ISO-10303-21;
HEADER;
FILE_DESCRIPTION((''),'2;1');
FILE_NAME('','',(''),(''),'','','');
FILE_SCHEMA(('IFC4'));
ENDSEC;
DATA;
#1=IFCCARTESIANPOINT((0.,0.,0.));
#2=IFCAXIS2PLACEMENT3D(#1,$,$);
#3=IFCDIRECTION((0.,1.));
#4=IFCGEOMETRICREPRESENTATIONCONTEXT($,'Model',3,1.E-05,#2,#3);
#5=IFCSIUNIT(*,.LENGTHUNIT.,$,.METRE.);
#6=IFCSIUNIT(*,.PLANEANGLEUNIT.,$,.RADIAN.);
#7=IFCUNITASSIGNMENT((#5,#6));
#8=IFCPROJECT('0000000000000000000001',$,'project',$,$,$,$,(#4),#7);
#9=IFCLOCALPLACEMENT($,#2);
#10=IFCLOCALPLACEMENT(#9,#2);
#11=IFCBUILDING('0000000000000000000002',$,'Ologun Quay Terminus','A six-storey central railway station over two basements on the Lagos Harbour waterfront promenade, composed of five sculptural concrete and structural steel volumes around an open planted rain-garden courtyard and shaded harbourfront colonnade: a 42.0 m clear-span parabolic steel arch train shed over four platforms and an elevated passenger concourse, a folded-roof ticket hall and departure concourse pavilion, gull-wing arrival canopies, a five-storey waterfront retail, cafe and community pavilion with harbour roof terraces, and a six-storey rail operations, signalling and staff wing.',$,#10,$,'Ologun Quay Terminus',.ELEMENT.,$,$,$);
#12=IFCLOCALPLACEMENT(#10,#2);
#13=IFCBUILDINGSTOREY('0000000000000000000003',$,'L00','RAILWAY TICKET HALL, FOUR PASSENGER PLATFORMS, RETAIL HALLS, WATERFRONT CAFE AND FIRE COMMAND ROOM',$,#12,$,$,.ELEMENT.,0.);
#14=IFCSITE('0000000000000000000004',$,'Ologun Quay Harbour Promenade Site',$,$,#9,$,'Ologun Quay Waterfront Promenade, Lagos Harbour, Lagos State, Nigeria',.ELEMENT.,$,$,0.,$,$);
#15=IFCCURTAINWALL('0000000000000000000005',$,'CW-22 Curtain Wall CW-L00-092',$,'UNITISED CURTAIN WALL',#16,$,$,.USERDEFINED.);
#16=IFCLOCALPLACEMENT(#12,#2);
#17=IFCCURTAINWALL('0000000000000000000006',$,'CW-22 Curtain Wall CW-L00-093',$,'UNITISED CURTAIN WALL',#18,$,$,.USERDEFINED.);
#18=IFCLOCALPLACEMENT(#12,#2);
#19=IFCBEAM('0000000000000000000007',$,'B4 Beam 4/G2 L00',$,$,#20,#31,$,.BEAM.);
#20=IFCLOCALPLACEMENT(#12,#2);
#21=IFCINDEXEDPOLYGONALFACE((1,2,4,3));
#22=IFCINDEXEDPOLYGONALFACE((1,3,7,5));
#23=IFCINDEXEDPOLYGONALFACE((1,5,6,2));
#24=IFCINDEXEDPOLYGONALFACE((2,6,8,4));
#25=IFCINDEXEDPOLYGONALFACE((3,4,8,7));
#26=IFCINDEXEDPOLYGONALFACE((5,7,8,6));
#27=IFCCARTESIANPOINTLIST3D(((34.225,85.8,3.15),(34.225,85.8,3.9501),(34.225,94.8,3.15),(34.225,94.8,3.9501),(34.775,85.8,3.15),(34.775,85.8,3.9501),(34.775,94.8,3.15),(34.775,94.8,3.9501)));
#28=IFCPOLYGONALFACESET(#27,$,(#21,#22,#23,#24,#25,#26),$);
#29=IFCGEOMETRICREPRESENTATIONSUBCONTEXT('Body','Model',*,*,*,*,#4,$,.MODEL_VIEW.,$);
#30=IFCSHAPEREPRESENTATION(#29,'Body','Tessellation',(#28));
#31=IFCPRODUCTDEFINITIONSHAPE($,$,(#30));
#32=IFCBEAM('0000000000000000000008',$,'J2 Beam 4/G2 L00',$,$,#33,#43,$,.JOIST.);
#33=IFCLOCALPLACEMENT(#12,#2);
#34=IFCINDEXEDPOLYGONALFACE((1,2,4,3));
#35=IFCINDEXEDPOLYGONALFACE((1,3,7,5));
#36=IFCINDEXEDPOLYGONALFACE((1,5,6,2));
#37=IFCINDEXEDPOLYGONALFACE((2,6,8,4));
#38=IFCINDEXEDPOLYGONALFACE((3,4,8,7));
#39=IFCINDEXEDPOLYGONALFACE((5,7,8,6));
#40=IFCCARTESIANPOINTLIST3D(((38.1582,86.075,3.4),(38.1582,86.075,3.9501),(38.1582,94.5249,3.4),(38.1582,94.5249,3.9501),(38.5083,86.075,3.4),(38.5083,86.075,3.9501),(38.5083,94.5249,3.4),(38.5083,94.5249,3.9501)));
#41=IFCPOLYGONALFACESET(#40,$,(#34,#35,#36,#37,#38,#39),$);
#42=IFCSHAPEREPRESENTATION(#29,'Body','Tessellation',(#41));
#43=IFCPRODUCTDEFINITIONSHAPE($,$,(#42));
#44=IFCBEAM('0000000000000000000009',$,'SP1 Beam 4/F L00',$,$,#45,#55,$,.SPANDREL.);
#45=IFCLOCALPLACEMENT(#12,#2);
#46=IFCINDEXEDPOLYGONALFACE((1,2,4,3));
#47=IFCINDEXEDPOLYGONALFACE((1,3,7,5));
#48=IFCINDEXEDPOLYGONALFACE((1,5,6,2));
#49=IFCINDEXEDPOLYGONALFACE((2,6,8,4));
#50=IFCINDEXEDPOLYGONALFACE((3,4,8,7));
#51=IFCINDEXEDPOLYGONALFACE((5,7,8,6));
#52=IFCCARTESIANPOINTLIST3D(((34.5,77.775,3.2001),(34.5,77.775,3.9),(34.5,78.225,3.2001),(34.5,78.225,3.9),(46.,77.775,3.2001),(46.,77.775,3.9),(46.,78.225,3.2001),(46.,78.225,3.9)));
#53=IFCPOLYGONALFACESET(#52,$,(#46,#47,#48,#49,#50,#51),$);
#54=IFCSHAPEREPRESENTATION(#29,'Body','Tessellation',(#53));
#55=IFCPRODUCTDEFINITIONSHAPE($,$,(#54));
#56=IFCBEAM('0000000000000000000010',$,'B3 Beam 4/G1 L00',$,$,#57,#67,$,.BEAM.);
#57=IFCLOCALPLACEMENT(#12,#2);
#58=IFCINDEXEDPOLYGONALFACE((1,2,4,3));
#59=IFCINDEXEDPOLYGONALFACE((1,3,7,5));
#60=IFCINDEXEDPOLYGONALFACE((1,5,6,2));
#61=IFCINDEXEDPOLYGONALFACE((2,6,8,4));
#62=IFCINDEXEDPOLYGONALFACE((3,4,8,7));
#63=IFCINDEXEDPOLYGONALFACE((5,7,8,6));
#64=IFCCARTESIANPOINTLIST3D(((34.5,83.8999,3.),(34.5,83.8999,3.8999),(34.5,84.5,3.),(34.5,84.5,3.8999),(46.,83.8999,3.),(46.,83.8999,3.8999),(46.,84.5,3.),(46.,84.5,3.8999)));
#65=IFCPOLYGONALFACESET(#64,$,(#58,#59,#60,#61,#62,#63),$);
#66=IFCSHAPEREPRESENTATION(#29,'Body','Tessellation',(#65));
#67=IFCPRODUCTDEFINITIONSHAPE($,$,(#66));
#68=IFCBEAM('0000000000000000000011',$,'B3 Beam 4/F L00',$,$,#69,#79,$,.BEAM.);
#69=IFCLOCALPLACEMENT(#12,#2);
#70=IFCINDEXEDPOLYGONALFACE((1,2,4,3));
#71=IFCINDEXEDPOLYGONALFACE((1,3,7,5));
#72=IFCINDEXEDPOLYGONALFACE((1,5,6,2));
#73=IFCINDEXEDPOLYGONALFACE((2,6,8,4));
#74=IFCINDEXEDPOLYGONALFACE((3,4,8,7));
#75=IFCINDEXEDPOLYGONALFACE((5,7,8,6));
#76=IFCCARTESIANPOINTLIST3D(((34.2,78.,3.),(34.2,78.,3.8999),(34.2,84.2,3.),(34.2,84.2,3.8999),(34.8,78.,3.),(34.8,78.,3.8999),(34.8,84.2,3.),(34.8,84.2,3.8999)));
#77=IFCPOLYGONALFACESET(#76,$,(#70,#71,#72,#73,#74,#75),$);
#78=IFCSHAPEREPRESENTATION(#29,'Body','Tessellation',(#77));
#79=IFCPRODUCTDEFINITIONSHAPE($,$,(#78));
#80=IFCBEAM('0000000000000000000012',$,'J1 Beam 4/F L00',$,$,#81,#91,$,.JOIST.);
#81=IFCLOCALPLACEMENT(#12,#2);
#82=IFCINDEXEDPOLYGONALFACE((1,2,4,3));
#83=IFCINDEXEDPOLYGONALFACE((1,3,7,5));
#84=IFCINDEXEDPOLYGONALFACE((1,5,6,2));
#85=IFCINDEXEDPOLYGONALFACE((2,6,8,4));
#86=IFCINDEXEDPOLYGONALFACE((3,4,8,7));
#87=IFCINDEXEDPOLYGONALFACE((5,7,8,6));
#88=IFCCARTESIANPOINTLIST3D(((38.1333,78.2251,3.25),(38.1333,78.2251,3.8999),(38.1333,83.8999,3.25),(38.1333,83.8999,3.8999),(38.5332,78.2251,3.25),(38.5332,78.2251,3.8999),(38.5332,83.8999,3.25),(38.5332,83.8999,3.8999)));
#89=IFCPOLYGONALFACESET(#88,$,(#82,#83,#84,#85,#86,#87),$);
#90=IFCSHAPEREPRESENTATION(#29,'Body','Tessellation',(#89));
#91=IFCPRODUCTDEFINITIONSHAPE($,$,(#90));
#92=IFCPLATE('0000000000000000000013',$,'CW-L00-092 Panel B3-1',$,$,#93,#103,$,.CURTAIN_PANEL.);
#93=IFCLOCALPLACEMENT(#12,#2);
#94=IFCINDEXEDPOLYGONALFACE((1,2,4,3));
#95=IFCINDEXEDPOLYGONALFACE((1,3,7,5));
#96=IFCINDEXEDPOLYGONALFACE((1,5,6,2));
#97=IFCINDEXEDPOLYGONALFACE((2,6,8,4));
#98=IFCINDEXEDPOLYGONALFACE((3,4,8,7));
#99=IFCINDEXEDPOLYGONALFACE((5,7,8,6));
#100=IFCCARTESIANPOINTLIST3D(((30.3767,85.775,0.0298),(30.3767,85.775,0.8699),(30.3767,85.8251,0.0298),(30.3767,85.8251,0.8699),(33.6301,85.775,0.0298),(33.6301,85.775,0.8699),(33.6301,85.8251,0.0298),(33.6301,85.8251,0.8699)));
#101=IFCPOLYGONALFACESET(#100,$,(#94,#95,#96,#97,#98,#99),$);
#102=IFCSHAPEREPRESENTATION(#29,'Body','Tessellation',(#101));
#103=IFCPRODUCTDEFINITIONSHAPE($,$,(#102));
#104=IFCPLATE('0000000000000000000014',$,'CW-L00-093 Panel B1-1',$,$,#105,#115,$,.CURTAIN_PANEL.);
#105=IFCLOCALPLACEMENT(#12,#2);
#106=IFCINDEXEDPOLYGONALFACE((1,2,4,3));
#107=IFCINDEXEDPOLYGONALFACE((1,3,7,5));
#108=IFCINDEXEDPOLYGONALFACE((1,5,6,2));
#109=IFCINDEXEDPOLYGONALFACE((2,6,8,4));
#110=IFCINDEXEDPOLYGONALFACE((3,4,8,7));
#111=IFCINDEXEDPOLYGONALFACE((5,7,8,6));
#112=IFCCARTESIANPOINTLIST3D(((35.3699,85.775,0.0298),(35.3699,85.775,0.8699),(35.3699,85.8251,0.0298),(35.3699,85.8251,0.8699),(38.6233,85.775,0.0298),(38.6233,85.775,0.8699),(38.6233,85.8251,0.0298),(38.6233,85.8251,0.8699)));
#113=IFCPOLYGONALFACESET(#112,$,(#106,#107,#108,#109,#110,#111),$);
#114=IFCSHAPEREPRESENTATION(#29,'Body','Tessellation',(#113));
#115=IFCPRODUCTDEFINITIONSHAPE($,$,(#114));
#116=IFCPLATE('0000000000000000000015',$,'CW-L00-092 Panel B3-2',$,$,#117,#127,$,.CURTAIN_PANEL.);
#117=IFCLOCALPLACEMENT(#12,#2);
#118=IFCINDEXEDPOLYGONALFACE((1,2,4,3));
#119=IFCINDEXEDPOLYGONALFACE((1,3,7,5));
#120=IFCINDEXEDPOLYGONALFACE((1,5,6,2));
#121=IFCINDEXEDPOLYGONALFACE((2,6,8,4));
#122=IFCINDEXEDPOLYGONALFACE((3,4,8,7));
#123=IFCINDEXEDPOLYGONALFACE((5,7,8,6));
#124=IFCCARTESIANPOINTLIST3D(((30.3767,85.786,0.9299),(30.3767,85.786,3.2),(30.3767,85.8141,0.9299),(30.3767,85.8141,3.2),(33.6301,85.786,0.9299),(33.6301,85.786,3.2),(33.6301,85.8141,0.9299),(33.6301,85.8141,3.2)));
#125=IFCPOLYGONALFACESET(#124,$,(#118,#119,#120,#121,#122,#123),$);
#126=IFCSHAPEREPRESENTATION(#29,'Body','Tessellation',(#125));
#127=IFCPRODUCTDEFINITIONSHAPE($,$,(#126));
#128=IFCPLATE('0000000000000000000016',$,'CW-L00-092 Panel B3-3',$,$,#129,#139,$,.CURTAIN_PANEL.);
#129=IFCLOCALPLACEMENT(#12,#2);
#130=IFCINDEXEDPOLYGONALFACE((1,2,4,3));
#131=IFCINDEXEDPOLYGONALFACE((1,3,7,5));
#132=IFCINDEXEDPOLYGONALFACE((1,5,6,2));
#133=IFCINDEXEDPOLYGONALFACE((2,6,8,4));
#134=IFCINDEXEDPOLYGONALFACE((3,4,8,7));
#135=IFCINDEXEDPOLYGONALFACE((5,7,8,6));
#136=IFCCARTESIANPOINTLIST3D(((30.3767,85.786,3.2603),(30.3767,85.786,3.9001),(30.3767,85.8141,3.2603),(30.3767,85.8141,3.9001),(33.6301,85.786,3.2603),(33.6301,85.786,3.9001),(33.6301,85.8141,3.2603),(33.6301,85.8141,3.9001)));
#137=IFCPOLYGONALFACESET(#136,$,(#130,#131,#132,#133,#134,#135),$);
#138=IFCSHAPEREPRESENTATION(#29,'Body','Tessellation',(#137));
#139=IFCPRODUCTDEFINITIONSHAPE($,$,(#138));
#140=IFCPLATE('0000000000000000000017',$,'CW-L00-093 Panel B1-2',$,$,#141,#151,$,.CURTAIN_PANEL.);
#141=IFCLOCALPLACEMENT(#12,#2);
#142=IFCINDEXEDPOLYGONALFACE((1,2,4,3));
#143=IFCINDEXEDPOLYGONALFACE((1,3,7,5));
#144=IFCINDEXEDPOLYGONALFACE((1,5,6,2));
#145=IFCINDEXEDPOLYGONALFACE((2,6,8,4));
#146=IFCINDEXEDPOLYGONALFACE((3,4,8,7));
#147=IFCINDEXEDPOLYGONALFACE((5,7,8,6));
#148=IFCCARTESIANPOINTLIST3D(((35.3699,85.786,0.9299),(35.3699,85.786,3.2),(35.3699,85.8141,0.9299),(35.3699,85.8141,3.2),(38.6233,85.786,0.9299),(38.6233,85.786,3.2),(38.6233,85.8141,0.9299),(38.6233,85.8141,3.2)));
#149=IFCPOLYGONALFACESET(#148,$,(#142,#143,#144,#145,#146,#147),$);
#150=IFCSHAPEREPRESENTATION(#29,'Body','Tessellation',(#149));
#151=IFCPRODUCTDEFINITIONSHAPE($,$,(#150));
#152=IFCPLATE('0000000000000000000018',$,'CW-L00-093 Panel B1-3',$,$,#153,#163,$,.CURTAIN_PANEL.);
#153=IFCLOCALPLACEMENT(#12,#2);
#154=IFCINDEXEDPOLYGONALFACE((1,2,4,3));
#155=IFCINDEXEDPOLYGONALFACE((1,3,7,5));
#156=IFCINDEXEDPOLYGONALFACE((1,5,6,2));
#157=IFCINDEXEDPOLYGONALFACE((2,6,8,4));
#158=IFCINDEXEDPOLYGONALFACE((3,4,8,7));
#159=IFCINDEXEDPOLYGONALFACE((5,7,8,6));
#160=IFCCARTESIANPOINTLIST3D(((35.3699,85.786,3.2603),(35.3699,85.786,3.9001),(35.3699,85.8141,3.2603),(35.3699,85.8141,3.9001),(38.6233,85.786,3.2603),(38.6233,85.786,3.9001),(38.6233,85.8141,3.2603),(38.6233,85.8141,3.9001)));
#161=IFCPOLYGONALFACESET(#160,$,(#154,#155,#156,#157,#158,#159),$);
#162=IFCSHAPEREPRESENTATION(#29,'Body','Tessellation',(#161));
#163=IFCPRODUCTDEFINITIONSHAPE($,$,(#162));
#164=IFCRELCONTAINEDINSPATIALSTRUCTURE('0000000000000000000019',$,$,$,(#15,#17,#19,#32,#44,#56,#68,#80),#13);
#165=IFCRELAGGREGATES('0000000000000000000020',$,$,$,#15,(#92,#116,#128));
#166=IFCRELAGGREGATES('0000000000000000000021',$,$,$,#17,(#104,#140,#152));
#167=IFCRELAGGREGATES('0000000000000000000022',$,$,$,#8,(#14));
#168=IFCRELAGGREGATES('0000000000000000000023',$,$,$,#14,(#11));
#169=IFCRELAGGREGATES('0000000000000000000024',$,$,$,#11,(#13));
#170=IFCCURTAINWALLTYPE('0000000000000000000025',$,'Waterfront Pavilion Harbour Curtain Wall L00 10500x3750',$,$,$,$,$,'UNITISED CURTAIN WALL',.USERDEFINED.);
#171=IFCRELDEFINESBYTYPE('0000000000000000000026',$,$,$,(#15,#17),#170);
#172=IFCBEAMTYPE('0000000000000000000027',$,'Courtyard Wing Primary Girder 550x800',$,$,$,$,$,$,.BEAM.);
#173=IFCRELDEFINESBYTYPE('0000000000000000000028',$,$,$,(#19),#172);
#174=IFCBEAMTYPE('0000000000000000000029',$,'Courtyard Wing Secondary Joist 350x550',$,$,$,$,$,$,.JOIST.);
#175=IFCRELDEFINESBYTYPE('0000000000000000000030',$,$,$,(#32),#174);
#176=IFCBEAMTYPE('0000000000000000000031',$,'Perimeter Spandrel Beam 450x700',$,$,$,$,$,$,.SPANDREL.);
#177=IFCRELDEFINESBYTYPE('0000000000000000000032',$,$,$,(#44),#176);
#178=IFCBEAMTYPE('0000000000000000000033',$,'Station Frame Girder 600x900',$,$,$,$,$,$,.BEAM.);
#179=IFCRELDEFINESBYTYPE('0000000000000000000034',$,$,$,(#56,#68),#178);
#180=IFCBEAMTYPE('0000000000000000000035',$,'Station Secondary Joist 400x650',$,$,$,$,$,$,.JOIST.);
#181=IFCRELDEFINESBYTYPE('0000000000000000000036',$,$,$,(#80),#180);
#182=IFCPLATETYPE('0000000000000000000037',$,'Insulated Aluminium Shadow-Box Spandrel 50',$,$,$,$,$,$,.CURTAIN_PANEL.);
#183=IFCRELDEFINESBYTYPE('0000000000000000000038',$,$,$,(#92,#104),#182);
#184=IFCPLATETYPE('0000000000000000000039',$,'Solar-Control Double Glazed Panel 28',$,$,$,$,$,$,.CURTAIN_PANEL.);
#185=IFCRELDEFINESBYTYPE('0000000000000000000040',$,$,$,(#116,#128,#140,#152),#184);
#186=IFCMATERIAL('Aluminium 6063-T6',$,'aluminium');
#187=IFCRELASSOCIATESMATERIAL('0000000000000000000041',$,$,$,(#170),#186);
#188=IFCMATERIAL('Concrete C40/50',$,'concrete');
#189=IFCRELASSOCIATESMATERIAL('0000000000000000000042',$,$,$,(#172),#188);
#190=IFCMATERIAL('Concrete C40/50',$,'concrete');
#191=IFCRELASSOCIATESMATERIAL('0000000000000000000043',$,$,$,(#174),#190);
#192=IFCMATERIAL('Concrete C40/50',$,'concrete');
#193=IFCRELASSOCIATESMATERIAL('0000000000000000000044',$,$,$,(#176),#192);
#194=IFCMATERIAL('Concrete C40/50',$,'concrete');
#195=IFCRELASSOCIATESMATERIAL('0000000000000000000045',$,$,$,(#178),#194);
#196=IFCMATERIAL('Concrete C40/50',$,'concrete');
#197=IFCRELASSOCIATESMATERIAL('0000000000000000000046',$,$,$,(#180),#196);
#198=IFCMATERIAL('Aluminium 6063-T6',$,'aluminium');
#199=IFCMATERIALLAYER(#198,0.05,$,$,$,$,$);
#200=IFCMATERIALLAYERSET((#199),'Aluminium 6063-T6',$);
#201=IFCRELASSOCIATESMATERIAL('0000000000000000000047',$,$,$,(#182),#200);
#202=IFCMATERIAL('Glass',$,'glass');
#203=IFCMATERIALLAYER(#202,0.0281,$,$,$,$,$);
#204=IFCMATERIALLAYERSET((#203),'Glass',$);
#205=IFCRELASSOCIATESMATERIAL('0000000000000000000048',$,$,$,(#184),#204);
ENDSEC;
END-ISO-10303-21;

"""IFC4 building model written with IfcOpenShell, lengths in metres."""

from ifc_helpers import new_model, si_unit, direction, frame, origin, origin_2d, place, context, subcontext, project, spatial, rectangle, extrude, material, layer, layer_set, material_profile, profile_set, type_object, element, aggregate, save


model = new_model("IFC4")

# Units and contexts
model_context = context("Model", 3, precision=1e-05, world=origin(), true_north=direction((0.0, 1.0)))
body_context = subcontext(model_context, "Body", "Model", "MODEL_VIEW")
ifc_project = project(units=[si_unit("LENGTHUNIT", "METRE"), si_unit("PLANEANGLEUNIT", "RADIAN")], contexts=[model_context])

# Site, building, storey
site_placement = place(None, origin())
site = spatial("IfcSite", under=ifc_project, at=site_placement, Name="Ologun Quay Harbour Promenade Site", LongName="Ologun Quay Waterfront Promenade, Lagos Harbour, Lagos State, Nigeria", CompositionType="ELEMENT", RefElevation=0.0)
building_placement = place(site_placement, origin())
building = spatial("IfcBuilding", under=site, at=building_placement, Name="Ologun Quay Terminus", Description="A six-storey central railway station over two basements on the Lagos Harbour waterfront promenade, composed of five sculptural concrete and structural steel volumes around an open planted rain-garden courtyard and shaded harbourfront colonnade: a 42.0 m clear-span parabolic steel arch train shed over four platforms and an elevated passenger concourse, a folded-roof ticket hall and departure concourse pavilion, gull-wing arrival canopies, a five-storey waterfront retail, cafe and community pavilion with harbour roof terraces, and a six-storey rail operations, signalling and staff wing.", LongName="Ologun Quay Terminus", CompositionType="ELEMENT")
storey_placement = place(building_placement, origin())
storey = spatial("IfcBuildingStorey", under=building, at=storey_placement, Name="L00", Description="RAILWAY TICKET HALL, FOUR PASSENGER PLATFORMS, RETAIL HALLS, WATERFRONT CAFE AND FIRE COMMAND ROOM", CompositionType="ELEMENT", Elevation=0.0)

# Curtain wall
ifc_material_1 = material(Name="Aluminium 6063-T6", Category="aluminium")
curtain_wall_type = type_object("IfcCurtainWallType", Name="Waterfront Pavilion Harbour Curtain Wall L00 10500x3750", ElementType="UNITISED CURTAIN WALL", PredefinedType="USERDEFINED", material=ifc_material_1)
curtain_wall_1_placement = place(storey_placement, origin())
curtain_wall_1 = element("IfcCurtainWall", 1, at=curtain_wall_1_placement, inside=storey, type_object=curtain_wall_type, Name="CW-22 Curtain Wall CW-L00-092", ObjectType="UNITISED CURTAIN WALL", PredefinedType="USERDEFINED")

# Curtain wall
curtain_wall_2_placement = place(storey_placement, origin())
curtain_wall_2 = element("IfcCurtainWall", 2, at=curtain_wall_2_placement, inside=storey, type_object=curtain_wall_type, Name="CW-22 Curtain Wall CW-L00-093", ObjectType="UNITISED CURTAIN WALL", PredefinedType="USERDEFINED")

# Beams
ifc_material_2 = material(Name="Concrete C40/50", Category="concrete")
ifc_material_profile_1 = material_profile(ifc_material_2, rectangle(XDim=0.55, YDim=0.8, at=origin_2d()), Name="RC 550x800")
ifc_profile_set_1 = profile_set([ifc_material_profile_1], Name="Concrete C40/50")
beam_type_1 = type_object("IfcBeamType", Name="Courtyard Wing Primary Girder 550x800", PredefinedType="BEAM", material=ifc_profile_set_1)
beam_1_placement = place(storey_placement, frame((34.5, 85.8, 3.55), z_axis=(0.0, 1.0, 0.0), x_axis=(-1.0, 0.0, 0.0)))
element("IfcBeam", 3, at=beam_1_placement, inside=storey, type_object=beam_type_1, Name="B4 Beam 4/G2 L00", PredefinedType="BEAM", context=body_context, shape_type="SweptSolid", body=[
    extrude(rectangle(XDim=0.55, YDim=0.8, at=origin_2d()), origin(), (0.0, 0.0, 1.0), 9.0),
])
ifc_material_3 = material(Name="Concrete C40/50", Category="concrete")
ifc_material_profile_2 = material_profile(ifc_material_3, rectangle(XDim=0.3501, YDim=0.55, at=origin_2d()), Name="RC 350x550")
ifc_profile_set_2 = profile_set([ifc_material_profile_2], Name="Concrete C40/50")
beam_type_2 = type_object("IfcBeamType", Name="Courtyard Wing Secondary Joist 350x550", PredefinedType="JOIST", material=ifc_profile_set_2)
beam_2_placement = place(storey_placement, frame((38.3333, 86.075, 3.675), z_axis=(0.0, 1.0, 0.0), x_axis=(-1.0, 0.0, 0.0)))
element("IfcBeam", 4, at=beam_2_placement, inside=storey, type_object=beam_type_2, Name="J2 Beam 4/G2 L00", PredefinedType="JOIST", context=body_context, shape_type="SweptSolid", body=[
    extrude(rectangle(XDim=0.3501, YDim=0.55, at=origin_2d()), origin(), (0.0, 0.0, 1.0), 8.45),
])
ifc_material_4 = material(Name="Concrete C40/50", Category="concrete")
ifc_material_profile_3 = material_profile(ifc_material_4, rectangle(XDim=0.45, YDim=0.7, at=origin_2d()), Name="RC 450x700")
ifc_profile_set_3 = profile_set([ifc_material_profile_3], Name="Concrete C40/50")
beam_type_3 = type_object("IfcBeamType", Name="Perimeter Spandrel Beam 450x700", PredefinedType="SPANDREL", material=ifc_profile_set_3)
beam_3_placement = place(storey_placement, frame((34.5, 78.0, 3.55), z_axis=(1.0, 0.0, 0.0), x_axis=(0.0, 1.0, 0.0)))
element("IfcBeam", 5, at=beam_3_placement, inside=storey, type_object=beam_type_3, Name="SP1 Beam 4/F L00", PredefinedType="SPANDREL", context=body_context, shape_type="SweptSolid", body=[
    extrude(rectangle(XDim=0.45, YDim=0.7, at=origin_2d()), origin(), (0.0, 0.0, 1.0), 11.5),
])
ifc_material_5 = material(Name="Concrete C40/50", Category="concrete")
ifc_material_profile_4 = material_profile(ifc_material_5, rectangle(XDim=0.6001, YDim=0.8999, at=origin_2d()), Name="RC 600x900")
ifc_profile_set_4 = profile_set([ifc_material_profile_4], Name="Concrete C40/50")
beam_type_4 = type_object("IfcBeamType", Name="Station Frame Girder 600x900", PredefinedType="BEAM", material=ifc_profile_set_4)
beam_4_placement = place(storey_placement, frame((34.5, 84.2, 3.45), z_axis=(1.0, 0.0, 0.0), x_axis=(0.0, 1.0, 0.0)))
element("IfcBeam", 6, at=beam_4_placement, inside=storey, type_object=beam_type_4, Name="B3 Beam 4/G1 L00", PredefinedType="BEAM", context=body_context, shape_type="SweptSolid", body=[
    extrude(rectangle(XDim=0.6001, YDim=0.8999, at=origin_2d()), origin(), (0.0, 0.0, 1.0), 11.5),
])
beam_5_placement = place(storey_placement, frame((34.5, 78.0, 3.45), z_axis=(0.0, 1.0, 0.0), x_axis=(-1.0, 0.0, 0.0)))
element("IfcBeam", 7, at=beam_5_placement, inside=storey, type_object=beam_type_4, Name="B3 Beam 4/F L00", PredefinedType="BEAM", context=body_context, shape_type="SweptSolid", body=[
    extrude(rectangle(XDim=0.6001, YDim=0.8999, at=origin_2d()), origin(), (0.0, 0.0, 1.0), 6.2),
])
ifc_material_6 = material(Name="Concrete C40/50", Category="concrete")
ifc_material_profile_5 = material_profile(ifc_material_6, rectangle(XDim=0.3999, YDim=0.6499, at=origin_2d()), Name="RC 400x650")
ifc_profile_set_5 = profile_set([ifc_material_profile_5], Name="Concrete C40/50")
beam_type_5 = type_object("IfcBeamType", Name="Station Secondary Joist 400x650", PredefinedType="JOIST", material=ifc_profile_set_5)
beam_6_placement = place(storey_placement, frame((38.3333, 78.2251, 3.575), z_axis=(0.0, 1.0, 0.0), x_axis=(-1.0, 0.0, 0.0)))
element("IfcBeam", 8, at=beam_6_placement, inside=storey, type_object=beam_type_5, Name="J1 Beam 4/F L00", PredefinedType="JOIST", context=body_context, shape_type="SweptSolid", body=[
    extrude(rectangle(XDim=0.3999, YDim=0.6499, at=origin_2d()), origin(), (0.0, 0.0, 1.0), 5.6748),
])

# Plates
ifc_material_7 = material(Name="Aluminium 6063-T6", Category="aluminium")
ifc_layer_1 = layer(ifc_material_7, 0.05)
ifc_layer_set_1 = layer_set([ifc_layer_1], Name="Aluminium 6063-T6")
plate_type_1 = type_object("IfcPlateType", Name="Insulated Aluminium Shadow-Box Spandrel 50", PredefinedType="CURTAIN_PANEL", material=ifc_layer_set_1)
plate_1_placement = place(storey_placement, frame((32.0034, 85.8, 0.0298), z_axis=(0.0, 0.0, 1.0), x_axis=(1.0, 0.0, 0.0)))
plate_1 = element("IfcPlate", 9, at=plate_1_placement, type_object=plate_type_1, Name="CW-L00-092 Panel B3-1", PredefinedType="CURTAIN_PANEL", context=body_context, shape_type="SweptSolid", body=[
    extrude(rectangle(XDim=3.2534, YDim=0.05, at=origin_2d()), origin(), (0.0, 0.0, 1.0), 0.8401),
])
plate_2_placement = place(storey_placement, frame((36.9966, 85.8, 0.0298), z_axis=(0.0, 0.0, 1.0), x_axis=(1.0, 0.0, 0.0)))
plate_2 = element("IfcPlate", 10, at=plate_2_placement, type_object=plate_type_1, Name="CW-L00-093 Panel B1-1", PredefinedType="CURTAIN_PANEL", context=body_context, shape_type="SweptSolid", body=[
    extrude(rectangle(XDim=3.2534, YDim=0.05, at=origin_2d()), origin(), (0.0, 0.0, 1.0), 0.8401),
])
ifc_material_8 = material(Name="Glass", Category="glass")
ifc_layer_2 = layer(ifc_material_8, 0.0281)
ifc_layer_set_2 = layer_set([ifc_layer_2], Name="Glass")
plate_type_2 = type_object("IfcPlateType", Name="Solar-Control Double Glazed Panel 28", PredefinedType="CURTAIN_PANEL", material=ifc_layer_set_2)
plate_3_placement = place(storey_placement, frame((32.0034, 85.8, 0.9299), z_axis=(0.0, 0.0, 1.0), x_axis=(1.0, 0.0, 0.0)))
plate_3 = element("IfcPlate", 11, at=plate_3_placement, type_object=plate_type_2, Name="CW-L00-092 Panel B3-2", PredefinedType="CURTAIN_PANEL", context=body_context, shape_type="SweptSolid", body=[
    extrude(rectangle(XDim=3.2534, YDim=0.0281, at=origin_2d()), origin(), (0.0, 0.0, 1.0), 2.27),
])
plate_4_placement = place(storey_placement, frame((32.0034, 85.8, 3.2603), z_axis=(0.0, 0.0, 1.0), x_axis=(1.0, 0.0, 0.0)))
plate_4 = element("IfcPlate", 12, at=plate_4_placement, type_object=plate_type_2, Name="CW-L00-092 Panel B3-3", PredefinedType="CURTAIN_PANEL", context=body_context, shape_type="SweptSolid", body=[
    extrude(rectangle(XDim=3.2534, YDim=0.0281, at=origin_2d()), origin(), (0.0, 0.0, 1.0), 0.6399),
])
aggregate(curtain_wall_1, [plate_1, plate_3, plate_4])
plate_5_placement = place(storey_placement, frame((36.9966, 85.8, 0.9299), z_axis=(0.0, 0.0, 1.0), x_axis=(1.0, 0.0, 0.0)))
plate_5 = element("IfcPlate", 13, at=plate_5_placement, type_object=plate_type_2, Name="CW-L00-093 Panel B1-2", PredefinedType="CURTAIN_PANEL", context=body_context, shape_type="SweptSolid", body=[
    extrude(rectangle(XDim=3.2534, YDim=0.0281, at=origin_2d()), origin(), (0.0, 0.0, 1.0), 2.27),
])
plate_6_placement = place(storey_placement, frame((36.9966, 85.8, 3.2603), z_axis=(0.0, 0.0, 1.0), x_axis=(1.0, 0.0, 0.0)))
plate_6 = element("IfcPlate", 14, at=plate_6_placement, type_object=plate_type_2, Name="CW-L00-093 Panel B1-3", PredefinedType="CURTAIN_PANEL", context=body_context, shape_type="SweptSolid", body=[
    extrude(rectangle(XDim=3.2534, YDim=0.0281, at=origin_2d()), origin(), (0.0, 0.0, 1.0), 0.6399),
])
aggregate(curtain_wall_2, [plate_2, plate_5, plate_6])

save(model, "model.ifc")
